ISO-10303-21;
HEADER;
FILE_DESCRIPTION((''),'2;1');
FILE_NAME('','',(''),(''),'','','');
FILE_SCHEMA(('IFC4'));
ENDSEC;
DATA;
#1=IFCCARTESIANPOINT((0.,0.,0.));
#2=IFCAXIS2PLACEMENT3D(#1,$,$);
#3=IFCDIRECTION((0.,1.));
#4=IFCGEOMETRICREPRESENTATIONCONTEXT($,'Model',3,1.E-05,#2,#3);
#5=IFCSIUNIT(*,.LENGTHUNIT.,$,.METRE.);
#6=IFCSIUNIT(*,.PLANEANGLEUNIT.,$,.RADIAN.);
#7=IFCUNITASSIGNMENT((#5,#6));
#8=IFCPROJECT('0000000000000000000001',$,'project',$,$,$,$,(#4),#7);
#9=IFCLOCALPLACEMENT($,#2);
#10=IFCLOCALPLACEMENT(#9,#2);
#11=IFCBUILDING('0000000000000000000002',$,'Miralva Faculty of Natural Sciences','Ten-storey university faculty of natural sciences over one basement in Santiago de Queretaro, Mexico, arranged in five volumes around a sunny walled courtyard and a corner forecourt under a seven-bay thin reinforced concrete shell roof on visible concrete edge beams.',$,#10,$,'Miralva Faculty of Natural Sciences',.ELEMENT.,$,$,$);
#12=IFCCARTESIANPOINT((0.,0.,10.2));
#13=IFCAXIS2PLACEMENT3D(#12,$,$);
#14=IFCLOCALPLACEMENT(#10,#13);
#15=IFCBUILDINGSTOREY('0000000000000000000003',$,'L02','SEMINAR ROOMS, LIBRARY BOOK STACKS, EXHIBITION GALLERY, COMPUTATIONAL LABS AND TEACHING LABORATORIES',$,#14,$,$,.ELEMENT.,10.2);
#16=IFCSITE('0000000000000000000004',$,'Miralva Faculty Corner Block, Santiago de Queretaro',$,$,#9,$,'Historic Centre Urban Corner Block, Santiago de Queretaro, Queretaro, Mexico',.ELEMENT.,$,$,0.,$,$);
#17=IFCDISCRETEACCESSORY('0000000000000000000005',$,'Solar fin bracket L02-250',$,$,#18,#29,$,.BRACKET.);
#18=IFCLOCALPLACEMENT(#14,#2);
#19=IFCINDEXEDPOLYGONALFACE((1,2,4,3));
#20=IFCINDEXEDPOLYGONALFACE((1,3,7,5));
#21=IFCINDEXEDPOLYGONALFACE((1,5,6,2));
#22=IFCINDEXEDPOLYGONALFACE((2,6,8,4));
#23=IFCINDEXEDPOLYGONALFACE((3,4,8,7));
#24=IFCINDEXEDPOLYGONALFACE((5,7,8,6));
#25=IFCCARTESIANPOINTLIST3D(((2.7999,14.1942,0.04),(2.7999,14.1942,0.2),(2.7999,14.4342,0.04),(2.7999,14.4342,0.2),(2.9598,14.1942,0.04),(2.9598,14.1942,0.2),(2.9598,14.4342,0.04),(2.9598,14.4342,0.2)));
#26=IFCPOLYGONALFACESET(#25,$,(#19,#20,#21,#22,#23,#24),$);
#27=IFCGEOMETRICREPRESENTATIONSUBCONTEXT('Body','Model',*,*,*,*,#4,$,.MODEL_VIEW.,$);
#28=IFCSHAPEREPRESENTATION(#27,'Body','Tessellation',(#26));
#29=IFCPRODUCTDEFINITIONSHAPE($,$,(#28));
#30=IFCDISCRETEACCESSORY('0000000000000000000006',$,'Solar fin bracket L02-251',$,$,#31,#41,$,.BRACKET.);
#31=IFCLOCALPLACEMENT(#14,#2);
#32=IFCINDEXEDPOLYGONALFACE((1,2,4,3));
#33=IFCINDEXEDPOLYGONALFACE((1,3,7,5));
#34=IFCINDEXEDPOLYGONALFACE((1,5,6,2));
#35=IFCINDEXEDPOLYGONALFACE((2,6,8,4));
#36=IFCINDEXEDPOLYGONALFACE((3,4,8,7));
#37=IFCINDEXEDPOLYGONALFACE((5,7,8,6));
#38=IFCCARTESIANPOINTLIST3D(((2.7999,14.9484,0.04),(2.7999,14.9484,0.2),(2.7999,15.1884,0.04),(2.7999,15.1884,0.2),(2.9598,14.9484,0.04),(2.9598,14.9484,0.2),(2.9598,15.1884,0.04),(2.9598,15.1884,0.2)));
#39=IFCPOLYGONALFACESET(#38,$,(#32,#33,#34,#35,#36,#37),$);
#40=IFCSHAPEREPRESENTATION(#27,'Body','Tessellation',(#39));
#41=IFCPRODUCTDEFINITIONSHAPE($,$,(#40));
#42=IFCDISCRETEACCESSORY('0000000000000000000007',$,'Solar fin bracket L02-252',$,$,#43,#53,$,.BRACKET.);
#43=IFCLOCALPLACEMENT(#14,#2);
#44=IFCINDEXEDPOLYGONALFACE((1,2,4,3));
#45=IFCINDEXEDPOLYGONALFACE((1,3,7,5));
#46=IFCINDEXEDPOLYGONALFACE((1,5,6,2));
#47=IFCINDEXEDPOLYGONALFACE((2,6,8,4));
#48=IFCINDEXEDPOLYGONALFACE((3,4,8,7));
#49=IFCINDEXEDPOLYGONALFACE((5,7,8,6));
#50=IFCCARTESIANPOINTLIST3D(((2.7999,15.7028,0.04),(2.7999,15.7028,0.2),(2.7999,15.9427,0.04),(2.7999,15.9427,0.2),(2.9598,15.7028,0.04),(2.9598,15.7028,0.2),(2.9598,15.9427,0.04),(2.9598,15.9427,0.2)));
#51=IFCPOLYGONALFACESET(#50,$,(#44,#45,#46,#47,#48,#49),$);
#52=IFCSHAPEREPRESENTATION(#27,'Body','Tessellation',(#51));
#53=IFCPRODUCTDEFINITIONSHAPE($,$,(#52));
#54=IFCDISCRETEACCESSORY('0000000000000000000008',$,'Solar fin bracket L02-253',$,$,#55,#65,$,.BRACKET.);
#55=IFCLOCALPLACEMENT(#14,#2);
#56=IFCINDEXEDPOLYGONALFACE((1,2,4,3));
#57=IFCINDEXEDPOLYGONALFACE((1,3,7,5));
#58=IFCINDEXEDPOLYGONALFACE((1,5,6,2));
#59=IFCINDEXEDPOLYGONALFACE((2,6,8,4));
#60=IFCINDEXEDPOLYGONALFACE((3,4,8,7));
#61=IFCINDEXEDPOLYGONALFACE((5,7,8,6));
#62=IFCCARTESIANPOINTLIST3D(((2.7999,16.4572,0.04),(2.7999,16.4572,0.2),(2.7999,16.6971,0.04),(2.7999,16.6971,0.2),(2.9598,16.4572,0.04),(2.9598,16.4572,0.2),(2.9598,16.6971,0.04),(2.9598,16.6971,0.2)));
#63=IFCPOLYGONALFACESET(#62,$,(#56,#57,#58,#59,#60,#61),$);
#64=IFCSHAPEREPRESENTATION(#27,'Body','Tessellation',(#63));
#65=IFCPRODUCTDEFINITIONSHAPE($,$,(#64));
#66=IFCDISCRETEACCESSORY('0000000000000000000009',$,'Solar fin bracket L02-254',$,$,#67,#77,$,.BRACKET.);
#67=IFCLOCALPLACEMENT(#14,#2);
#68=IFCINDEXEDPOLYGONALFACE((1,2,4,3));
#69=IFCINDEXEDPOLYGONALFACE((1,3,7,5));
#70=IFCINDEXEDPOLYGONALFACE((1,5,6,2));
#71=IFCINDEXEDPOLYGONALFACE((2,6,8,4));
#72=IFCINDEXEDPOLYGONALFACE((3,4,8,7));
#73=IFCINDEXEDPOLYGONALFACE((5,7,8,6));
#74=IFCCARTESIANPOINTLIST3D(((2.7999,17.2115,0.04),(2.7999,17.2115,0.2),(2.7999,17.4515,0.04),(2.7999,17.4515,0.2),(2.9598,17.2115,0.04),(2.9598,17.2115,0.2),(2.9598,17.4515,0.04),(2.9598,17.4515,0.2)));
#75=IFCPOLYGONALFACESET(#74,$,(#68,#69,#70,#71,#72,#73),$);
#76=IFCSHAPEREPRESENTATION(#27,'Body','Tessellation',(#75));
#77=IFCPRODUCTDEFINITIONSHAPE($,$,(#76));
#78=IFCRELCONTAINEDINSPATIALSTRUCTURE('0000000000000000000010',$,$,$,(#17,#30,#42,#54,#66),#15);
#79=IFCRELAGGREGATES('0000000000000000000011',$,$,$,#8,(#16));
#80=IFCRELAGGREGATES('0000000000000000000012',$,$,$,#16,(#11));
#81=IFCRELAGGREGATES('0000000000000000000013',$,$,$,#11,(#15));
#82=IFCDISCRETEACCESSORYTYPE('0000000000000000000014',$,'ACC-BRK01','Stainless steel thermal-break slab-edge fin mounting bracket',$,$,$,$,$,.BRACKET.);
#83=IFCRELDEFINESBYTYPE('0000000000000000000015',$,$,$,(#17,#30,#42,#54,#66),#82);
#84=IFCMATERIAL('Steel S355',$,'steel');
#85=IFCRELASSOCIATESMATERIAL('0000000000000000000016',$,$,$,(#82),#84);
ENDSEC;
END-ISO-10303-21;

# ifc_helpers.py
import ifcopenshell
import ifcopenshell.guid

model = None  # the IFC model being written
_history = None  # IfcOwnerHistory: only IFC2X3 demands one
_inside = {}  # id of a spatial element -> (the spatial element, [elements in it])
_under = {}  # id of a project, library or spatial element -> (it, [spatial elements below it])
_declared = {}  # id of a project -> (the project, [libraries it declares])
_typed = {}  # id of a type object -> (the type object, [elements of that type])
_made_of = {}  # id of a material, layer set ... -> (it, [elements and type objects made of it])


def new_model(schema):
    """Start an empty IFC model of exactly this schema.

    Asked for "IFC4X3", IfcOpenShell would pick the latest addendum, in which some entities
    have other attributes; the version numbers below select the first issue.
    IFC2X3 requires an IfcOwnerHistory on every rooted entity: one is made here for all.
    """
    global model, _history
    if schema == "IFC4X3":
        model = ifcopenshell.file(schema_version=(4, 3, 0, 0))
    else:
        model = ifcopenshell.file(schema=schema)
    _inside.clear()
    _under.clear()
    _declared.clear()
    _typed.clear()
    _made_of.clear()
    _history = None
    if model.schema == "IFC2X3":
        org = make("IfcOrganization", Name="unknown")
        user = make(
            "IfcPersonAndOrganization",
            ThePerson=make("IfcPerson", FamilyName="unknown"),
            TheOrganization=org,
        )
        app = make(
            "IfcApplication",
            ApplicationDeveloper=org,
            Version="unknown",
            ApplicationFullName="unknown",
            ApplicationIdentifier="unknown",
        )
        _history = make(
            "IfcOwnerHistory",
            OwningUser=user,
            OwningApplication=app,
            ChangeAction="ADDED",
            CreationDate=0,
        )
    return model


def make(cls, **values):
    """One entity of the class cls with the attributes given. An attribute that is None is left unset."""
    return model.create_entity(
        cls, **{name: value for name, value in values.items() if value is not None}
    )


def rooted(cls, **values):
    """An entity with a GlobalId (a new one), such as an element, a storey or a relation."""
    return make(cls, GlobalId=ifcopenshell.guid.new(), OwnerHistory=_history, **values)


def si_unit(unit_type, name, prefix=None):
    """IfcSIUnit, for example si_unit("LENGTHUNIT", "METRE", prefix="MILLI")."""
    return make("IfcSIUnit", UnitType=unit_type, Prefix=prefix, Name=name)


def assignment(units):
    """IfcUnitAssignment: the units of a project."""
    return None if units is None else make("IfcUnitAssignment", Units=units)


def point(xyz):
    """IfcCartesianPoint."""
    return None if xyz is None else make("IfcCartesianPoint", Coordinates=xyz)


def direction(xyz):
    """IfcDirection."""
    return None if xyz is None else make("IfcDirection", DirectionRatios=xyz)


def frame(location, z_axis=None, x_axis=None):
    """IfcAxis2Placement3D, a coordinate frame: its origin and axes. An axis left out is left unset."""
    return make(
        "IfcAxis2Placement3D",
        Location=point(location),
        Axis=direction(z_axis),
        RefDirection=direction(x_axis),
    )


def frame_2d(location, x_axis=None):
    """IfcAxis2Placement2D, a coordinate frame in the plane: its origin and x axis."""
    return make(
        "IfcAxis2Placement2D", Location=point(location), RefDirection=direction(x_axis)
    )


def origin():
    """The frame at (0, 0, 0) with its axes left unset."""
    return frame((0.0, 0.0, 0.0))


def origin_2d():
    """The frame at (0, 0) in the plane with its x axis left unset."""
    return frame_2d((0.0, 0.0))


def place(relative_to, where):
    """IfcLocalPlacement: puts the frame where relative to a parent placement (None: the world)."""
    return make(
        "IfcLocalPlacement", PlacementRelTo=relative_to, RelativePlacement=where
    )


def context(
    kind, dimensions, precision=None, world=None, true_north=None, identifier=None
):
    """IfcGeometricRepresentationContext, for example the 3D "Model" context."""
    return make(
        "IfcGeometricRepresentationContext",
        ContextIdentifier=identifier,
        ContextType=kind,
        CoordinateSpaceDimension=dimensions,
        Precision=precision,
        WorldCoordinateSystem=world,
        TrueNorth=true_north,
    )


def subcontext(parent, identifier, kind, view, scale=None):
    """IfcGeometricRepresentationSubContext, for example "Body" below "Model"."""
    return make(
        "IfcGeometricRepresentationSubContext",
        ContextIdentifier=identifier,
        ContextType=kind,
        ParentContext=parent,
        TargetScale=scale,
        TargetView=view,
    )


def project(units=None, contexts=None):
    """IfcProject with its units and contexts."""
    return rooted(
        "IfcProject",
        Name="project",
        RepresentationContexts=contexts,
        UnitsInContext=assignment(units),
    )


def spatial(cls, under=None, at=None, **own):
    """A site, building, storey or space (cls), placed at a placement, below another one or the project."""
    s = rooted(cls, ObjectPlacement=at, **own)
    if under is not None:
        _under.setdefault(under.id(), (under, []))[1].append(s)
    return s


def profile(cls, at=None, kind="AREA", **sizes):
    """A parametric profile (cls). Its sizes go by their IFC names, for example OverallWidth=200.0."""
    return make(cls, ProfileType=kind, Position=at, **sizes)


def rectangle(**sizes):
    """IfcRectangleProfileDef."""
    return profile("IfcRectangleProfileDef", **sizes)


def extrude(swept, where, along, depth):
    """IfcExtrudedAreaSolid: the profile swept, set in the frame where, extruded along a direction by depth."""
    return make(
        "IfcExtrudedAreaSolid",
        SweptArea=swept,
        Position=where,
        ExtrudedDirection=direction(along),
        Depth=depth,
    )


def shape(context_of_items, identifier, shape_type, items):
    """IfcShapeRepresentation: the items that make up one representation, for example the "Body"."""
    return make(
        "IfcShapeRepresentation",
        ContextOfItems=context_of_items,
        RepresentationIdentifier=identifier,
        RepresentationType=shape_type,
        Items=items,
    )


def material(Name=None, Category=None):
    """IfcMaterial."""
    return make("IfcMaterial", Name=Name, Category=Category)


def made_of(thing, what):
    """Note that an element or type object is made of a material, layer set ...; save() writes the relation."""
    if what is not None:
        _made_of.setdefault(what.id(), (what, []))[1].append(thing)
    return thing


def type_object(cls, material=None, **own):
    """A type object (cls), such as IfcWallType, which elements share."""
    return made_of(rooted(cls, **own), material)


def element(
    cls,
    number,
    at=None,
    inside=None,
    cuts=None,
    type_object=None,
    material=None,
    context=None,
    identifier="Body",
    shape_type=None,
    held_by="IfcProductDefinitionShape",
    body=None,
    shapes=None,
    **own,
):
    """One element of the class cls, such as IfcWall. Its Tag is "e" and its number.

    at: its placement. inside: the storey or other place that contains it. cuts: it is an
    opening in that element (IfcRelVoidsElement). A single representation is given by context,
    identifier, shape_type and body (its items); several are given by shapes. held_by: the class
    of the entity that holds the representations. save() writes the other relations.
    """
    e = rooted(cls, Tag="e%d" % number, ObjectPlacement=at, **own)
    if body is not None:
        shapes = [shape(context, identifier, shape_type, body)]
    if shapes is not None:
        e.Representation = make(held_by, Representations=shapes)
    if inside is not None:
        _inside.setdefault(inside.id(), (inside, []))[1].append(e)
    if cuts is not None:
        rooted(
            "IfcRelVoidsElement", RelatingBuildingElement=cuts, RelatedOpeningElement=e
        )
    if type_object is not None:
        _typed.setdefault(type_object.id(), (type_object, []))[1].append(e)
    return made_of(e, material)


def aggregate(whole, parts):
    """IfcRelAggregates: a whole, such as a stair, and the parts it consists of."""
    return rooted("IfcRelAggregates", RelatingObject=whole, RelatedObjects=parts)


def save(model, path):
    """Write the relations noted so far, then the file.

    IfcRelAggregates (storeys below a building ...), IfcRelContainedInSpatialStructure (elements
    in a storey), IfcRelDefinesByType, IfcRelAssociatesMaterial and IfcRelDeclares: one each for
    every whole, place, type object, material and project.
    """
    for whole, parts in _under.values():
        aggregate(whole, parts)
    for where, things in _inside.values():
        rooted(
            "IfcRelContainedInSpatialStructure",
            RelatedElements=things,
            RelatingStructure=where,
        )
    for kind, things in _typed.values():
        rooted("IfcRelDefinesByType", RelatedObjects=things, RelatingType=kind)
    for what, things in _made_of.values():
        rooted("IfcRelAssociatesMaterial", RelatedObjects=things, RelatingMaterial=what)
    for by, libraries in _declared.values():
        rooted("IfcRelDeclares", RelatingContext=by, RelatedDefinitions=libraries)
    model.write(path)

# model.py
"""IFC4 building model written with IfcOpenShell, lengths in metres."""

from ifc_helpers import new_model, si_unit, direction, frame, origin, origin_2d, place, context, subcontext, project, spatial, rectangle, extrude, material, type_object, element, save


model = new_model("IFC4")

# Units and contexts
model_context = context("Model", 3, precision=1e-05, world=origin(), true_north=direction((0.0, 1.0)))
body_context = subcontext(model_context, "Body", "Model", "MODEL_VIEW")
ifc_project = project(units=[si_unit("LENGTHUNIT", "METRE"), si_unit("PLANEANGLEUNIT", "RADIAN")], contexts=[model_context])

# Site, building, storey
site_placement = place(None, origin())
site = spatial("IfcSite", under=ifc_project, at=site_placement, Name="Miralva Faculty Corner Block, Santiago de Queretaro", LongName="Historic Centre Urban Corner Block, Santiago de Queretaro, Queretaro, Mexico", CompositionType="ELEMENT", RefElevation=0.0)
building_placement = place(site_placement, origin())
building = spatial("IfcBuilding", under=site, at=building_placement, Name="Miralva Faculty of Natural Sciences", Description="Ten-storey university faculty of natural sciences over one basement in Santiago de Queretaro, Mexico, arranged in five volumes around a sunny walled courtyard and a corner forecourt under a seven-bay thin reinforced concrete shell roof on visible concrete edge beams.", LongName="Miralva Faculty of Natural Sciences", CompositionType="ELEMENT")
storey_placement = place(building_placement, frame((0.0, 0.0, 10.2)))
storey = spatial("IfcBuildingStorey", under=building, at=storey_placement, Name="L02", Description="SEMINAR ROOMS, LIBRARY BOOK STACKS, EXHIBITION GALLERY, COMPUTATIONAL LABS AND TEACHING LABORATORIES", CompositionType="ELEMENT", Elevation=10.2)

# Discrete accessories
ifc_material_1 = material(Name="Steel S355", Category="steel")
discrete_accessory_type = type_object("IfcDiscreteAccessoryType", Name="ACC-BRK01", Description="Stainless steel thermal-break slab-edge fin mounting bracket", PredefinedType="BRACKET", material=ifc_material_1)
for number, where, z_axis, x_axis, name in (
    (1, (2.8799, 14.3142, 0.04), (0.0, 0.0, 1.0), (-1.0, 0.0, 0.0), "Solar fin bracket L02-250"),
    (2, (2.8799, 15.0684, 0.04), (0.0, 0.0, 1.0), (-1.0, 0.0, 0.0), "Solar fin bracket L02-251"),
    (3, (2.8799, 15.8228, 0.04), (0.0, 0.0, 1.0), (-1.0, 0.0, 0.0), "Solar fin bracket L02-252"),
    (4, (2.8799, 16.5771, 0.04), (0.0, 0.0, 1.0), (-1.0, 0.0, 0.0), "Solar fin bracket L02-253"),
    (5, (2.8799, 17.3315, 0.04), (0.0, 0.0, 1.0), (-1.0, 0.0, 0.0), "Solar fin bracket L02-254"),
):
    element("IfcDiscreteAccessory", number, at=place(storey_placement, frame(where, z_axis=z_axis, x_axis=x_axis)), inside=storey, type_object=discrete_accessory_type, Name=name, PredefinedType="BRACKET", context=body_context, shape_type="SweptSolid", body=[
        extrude(rectangle(XDim=0.1599, YDim=0.24, at=origin_2d()), origin(), (0.0, 0.0, 1.0), 0.1599),
    ])

save(model, "model.ifc")
